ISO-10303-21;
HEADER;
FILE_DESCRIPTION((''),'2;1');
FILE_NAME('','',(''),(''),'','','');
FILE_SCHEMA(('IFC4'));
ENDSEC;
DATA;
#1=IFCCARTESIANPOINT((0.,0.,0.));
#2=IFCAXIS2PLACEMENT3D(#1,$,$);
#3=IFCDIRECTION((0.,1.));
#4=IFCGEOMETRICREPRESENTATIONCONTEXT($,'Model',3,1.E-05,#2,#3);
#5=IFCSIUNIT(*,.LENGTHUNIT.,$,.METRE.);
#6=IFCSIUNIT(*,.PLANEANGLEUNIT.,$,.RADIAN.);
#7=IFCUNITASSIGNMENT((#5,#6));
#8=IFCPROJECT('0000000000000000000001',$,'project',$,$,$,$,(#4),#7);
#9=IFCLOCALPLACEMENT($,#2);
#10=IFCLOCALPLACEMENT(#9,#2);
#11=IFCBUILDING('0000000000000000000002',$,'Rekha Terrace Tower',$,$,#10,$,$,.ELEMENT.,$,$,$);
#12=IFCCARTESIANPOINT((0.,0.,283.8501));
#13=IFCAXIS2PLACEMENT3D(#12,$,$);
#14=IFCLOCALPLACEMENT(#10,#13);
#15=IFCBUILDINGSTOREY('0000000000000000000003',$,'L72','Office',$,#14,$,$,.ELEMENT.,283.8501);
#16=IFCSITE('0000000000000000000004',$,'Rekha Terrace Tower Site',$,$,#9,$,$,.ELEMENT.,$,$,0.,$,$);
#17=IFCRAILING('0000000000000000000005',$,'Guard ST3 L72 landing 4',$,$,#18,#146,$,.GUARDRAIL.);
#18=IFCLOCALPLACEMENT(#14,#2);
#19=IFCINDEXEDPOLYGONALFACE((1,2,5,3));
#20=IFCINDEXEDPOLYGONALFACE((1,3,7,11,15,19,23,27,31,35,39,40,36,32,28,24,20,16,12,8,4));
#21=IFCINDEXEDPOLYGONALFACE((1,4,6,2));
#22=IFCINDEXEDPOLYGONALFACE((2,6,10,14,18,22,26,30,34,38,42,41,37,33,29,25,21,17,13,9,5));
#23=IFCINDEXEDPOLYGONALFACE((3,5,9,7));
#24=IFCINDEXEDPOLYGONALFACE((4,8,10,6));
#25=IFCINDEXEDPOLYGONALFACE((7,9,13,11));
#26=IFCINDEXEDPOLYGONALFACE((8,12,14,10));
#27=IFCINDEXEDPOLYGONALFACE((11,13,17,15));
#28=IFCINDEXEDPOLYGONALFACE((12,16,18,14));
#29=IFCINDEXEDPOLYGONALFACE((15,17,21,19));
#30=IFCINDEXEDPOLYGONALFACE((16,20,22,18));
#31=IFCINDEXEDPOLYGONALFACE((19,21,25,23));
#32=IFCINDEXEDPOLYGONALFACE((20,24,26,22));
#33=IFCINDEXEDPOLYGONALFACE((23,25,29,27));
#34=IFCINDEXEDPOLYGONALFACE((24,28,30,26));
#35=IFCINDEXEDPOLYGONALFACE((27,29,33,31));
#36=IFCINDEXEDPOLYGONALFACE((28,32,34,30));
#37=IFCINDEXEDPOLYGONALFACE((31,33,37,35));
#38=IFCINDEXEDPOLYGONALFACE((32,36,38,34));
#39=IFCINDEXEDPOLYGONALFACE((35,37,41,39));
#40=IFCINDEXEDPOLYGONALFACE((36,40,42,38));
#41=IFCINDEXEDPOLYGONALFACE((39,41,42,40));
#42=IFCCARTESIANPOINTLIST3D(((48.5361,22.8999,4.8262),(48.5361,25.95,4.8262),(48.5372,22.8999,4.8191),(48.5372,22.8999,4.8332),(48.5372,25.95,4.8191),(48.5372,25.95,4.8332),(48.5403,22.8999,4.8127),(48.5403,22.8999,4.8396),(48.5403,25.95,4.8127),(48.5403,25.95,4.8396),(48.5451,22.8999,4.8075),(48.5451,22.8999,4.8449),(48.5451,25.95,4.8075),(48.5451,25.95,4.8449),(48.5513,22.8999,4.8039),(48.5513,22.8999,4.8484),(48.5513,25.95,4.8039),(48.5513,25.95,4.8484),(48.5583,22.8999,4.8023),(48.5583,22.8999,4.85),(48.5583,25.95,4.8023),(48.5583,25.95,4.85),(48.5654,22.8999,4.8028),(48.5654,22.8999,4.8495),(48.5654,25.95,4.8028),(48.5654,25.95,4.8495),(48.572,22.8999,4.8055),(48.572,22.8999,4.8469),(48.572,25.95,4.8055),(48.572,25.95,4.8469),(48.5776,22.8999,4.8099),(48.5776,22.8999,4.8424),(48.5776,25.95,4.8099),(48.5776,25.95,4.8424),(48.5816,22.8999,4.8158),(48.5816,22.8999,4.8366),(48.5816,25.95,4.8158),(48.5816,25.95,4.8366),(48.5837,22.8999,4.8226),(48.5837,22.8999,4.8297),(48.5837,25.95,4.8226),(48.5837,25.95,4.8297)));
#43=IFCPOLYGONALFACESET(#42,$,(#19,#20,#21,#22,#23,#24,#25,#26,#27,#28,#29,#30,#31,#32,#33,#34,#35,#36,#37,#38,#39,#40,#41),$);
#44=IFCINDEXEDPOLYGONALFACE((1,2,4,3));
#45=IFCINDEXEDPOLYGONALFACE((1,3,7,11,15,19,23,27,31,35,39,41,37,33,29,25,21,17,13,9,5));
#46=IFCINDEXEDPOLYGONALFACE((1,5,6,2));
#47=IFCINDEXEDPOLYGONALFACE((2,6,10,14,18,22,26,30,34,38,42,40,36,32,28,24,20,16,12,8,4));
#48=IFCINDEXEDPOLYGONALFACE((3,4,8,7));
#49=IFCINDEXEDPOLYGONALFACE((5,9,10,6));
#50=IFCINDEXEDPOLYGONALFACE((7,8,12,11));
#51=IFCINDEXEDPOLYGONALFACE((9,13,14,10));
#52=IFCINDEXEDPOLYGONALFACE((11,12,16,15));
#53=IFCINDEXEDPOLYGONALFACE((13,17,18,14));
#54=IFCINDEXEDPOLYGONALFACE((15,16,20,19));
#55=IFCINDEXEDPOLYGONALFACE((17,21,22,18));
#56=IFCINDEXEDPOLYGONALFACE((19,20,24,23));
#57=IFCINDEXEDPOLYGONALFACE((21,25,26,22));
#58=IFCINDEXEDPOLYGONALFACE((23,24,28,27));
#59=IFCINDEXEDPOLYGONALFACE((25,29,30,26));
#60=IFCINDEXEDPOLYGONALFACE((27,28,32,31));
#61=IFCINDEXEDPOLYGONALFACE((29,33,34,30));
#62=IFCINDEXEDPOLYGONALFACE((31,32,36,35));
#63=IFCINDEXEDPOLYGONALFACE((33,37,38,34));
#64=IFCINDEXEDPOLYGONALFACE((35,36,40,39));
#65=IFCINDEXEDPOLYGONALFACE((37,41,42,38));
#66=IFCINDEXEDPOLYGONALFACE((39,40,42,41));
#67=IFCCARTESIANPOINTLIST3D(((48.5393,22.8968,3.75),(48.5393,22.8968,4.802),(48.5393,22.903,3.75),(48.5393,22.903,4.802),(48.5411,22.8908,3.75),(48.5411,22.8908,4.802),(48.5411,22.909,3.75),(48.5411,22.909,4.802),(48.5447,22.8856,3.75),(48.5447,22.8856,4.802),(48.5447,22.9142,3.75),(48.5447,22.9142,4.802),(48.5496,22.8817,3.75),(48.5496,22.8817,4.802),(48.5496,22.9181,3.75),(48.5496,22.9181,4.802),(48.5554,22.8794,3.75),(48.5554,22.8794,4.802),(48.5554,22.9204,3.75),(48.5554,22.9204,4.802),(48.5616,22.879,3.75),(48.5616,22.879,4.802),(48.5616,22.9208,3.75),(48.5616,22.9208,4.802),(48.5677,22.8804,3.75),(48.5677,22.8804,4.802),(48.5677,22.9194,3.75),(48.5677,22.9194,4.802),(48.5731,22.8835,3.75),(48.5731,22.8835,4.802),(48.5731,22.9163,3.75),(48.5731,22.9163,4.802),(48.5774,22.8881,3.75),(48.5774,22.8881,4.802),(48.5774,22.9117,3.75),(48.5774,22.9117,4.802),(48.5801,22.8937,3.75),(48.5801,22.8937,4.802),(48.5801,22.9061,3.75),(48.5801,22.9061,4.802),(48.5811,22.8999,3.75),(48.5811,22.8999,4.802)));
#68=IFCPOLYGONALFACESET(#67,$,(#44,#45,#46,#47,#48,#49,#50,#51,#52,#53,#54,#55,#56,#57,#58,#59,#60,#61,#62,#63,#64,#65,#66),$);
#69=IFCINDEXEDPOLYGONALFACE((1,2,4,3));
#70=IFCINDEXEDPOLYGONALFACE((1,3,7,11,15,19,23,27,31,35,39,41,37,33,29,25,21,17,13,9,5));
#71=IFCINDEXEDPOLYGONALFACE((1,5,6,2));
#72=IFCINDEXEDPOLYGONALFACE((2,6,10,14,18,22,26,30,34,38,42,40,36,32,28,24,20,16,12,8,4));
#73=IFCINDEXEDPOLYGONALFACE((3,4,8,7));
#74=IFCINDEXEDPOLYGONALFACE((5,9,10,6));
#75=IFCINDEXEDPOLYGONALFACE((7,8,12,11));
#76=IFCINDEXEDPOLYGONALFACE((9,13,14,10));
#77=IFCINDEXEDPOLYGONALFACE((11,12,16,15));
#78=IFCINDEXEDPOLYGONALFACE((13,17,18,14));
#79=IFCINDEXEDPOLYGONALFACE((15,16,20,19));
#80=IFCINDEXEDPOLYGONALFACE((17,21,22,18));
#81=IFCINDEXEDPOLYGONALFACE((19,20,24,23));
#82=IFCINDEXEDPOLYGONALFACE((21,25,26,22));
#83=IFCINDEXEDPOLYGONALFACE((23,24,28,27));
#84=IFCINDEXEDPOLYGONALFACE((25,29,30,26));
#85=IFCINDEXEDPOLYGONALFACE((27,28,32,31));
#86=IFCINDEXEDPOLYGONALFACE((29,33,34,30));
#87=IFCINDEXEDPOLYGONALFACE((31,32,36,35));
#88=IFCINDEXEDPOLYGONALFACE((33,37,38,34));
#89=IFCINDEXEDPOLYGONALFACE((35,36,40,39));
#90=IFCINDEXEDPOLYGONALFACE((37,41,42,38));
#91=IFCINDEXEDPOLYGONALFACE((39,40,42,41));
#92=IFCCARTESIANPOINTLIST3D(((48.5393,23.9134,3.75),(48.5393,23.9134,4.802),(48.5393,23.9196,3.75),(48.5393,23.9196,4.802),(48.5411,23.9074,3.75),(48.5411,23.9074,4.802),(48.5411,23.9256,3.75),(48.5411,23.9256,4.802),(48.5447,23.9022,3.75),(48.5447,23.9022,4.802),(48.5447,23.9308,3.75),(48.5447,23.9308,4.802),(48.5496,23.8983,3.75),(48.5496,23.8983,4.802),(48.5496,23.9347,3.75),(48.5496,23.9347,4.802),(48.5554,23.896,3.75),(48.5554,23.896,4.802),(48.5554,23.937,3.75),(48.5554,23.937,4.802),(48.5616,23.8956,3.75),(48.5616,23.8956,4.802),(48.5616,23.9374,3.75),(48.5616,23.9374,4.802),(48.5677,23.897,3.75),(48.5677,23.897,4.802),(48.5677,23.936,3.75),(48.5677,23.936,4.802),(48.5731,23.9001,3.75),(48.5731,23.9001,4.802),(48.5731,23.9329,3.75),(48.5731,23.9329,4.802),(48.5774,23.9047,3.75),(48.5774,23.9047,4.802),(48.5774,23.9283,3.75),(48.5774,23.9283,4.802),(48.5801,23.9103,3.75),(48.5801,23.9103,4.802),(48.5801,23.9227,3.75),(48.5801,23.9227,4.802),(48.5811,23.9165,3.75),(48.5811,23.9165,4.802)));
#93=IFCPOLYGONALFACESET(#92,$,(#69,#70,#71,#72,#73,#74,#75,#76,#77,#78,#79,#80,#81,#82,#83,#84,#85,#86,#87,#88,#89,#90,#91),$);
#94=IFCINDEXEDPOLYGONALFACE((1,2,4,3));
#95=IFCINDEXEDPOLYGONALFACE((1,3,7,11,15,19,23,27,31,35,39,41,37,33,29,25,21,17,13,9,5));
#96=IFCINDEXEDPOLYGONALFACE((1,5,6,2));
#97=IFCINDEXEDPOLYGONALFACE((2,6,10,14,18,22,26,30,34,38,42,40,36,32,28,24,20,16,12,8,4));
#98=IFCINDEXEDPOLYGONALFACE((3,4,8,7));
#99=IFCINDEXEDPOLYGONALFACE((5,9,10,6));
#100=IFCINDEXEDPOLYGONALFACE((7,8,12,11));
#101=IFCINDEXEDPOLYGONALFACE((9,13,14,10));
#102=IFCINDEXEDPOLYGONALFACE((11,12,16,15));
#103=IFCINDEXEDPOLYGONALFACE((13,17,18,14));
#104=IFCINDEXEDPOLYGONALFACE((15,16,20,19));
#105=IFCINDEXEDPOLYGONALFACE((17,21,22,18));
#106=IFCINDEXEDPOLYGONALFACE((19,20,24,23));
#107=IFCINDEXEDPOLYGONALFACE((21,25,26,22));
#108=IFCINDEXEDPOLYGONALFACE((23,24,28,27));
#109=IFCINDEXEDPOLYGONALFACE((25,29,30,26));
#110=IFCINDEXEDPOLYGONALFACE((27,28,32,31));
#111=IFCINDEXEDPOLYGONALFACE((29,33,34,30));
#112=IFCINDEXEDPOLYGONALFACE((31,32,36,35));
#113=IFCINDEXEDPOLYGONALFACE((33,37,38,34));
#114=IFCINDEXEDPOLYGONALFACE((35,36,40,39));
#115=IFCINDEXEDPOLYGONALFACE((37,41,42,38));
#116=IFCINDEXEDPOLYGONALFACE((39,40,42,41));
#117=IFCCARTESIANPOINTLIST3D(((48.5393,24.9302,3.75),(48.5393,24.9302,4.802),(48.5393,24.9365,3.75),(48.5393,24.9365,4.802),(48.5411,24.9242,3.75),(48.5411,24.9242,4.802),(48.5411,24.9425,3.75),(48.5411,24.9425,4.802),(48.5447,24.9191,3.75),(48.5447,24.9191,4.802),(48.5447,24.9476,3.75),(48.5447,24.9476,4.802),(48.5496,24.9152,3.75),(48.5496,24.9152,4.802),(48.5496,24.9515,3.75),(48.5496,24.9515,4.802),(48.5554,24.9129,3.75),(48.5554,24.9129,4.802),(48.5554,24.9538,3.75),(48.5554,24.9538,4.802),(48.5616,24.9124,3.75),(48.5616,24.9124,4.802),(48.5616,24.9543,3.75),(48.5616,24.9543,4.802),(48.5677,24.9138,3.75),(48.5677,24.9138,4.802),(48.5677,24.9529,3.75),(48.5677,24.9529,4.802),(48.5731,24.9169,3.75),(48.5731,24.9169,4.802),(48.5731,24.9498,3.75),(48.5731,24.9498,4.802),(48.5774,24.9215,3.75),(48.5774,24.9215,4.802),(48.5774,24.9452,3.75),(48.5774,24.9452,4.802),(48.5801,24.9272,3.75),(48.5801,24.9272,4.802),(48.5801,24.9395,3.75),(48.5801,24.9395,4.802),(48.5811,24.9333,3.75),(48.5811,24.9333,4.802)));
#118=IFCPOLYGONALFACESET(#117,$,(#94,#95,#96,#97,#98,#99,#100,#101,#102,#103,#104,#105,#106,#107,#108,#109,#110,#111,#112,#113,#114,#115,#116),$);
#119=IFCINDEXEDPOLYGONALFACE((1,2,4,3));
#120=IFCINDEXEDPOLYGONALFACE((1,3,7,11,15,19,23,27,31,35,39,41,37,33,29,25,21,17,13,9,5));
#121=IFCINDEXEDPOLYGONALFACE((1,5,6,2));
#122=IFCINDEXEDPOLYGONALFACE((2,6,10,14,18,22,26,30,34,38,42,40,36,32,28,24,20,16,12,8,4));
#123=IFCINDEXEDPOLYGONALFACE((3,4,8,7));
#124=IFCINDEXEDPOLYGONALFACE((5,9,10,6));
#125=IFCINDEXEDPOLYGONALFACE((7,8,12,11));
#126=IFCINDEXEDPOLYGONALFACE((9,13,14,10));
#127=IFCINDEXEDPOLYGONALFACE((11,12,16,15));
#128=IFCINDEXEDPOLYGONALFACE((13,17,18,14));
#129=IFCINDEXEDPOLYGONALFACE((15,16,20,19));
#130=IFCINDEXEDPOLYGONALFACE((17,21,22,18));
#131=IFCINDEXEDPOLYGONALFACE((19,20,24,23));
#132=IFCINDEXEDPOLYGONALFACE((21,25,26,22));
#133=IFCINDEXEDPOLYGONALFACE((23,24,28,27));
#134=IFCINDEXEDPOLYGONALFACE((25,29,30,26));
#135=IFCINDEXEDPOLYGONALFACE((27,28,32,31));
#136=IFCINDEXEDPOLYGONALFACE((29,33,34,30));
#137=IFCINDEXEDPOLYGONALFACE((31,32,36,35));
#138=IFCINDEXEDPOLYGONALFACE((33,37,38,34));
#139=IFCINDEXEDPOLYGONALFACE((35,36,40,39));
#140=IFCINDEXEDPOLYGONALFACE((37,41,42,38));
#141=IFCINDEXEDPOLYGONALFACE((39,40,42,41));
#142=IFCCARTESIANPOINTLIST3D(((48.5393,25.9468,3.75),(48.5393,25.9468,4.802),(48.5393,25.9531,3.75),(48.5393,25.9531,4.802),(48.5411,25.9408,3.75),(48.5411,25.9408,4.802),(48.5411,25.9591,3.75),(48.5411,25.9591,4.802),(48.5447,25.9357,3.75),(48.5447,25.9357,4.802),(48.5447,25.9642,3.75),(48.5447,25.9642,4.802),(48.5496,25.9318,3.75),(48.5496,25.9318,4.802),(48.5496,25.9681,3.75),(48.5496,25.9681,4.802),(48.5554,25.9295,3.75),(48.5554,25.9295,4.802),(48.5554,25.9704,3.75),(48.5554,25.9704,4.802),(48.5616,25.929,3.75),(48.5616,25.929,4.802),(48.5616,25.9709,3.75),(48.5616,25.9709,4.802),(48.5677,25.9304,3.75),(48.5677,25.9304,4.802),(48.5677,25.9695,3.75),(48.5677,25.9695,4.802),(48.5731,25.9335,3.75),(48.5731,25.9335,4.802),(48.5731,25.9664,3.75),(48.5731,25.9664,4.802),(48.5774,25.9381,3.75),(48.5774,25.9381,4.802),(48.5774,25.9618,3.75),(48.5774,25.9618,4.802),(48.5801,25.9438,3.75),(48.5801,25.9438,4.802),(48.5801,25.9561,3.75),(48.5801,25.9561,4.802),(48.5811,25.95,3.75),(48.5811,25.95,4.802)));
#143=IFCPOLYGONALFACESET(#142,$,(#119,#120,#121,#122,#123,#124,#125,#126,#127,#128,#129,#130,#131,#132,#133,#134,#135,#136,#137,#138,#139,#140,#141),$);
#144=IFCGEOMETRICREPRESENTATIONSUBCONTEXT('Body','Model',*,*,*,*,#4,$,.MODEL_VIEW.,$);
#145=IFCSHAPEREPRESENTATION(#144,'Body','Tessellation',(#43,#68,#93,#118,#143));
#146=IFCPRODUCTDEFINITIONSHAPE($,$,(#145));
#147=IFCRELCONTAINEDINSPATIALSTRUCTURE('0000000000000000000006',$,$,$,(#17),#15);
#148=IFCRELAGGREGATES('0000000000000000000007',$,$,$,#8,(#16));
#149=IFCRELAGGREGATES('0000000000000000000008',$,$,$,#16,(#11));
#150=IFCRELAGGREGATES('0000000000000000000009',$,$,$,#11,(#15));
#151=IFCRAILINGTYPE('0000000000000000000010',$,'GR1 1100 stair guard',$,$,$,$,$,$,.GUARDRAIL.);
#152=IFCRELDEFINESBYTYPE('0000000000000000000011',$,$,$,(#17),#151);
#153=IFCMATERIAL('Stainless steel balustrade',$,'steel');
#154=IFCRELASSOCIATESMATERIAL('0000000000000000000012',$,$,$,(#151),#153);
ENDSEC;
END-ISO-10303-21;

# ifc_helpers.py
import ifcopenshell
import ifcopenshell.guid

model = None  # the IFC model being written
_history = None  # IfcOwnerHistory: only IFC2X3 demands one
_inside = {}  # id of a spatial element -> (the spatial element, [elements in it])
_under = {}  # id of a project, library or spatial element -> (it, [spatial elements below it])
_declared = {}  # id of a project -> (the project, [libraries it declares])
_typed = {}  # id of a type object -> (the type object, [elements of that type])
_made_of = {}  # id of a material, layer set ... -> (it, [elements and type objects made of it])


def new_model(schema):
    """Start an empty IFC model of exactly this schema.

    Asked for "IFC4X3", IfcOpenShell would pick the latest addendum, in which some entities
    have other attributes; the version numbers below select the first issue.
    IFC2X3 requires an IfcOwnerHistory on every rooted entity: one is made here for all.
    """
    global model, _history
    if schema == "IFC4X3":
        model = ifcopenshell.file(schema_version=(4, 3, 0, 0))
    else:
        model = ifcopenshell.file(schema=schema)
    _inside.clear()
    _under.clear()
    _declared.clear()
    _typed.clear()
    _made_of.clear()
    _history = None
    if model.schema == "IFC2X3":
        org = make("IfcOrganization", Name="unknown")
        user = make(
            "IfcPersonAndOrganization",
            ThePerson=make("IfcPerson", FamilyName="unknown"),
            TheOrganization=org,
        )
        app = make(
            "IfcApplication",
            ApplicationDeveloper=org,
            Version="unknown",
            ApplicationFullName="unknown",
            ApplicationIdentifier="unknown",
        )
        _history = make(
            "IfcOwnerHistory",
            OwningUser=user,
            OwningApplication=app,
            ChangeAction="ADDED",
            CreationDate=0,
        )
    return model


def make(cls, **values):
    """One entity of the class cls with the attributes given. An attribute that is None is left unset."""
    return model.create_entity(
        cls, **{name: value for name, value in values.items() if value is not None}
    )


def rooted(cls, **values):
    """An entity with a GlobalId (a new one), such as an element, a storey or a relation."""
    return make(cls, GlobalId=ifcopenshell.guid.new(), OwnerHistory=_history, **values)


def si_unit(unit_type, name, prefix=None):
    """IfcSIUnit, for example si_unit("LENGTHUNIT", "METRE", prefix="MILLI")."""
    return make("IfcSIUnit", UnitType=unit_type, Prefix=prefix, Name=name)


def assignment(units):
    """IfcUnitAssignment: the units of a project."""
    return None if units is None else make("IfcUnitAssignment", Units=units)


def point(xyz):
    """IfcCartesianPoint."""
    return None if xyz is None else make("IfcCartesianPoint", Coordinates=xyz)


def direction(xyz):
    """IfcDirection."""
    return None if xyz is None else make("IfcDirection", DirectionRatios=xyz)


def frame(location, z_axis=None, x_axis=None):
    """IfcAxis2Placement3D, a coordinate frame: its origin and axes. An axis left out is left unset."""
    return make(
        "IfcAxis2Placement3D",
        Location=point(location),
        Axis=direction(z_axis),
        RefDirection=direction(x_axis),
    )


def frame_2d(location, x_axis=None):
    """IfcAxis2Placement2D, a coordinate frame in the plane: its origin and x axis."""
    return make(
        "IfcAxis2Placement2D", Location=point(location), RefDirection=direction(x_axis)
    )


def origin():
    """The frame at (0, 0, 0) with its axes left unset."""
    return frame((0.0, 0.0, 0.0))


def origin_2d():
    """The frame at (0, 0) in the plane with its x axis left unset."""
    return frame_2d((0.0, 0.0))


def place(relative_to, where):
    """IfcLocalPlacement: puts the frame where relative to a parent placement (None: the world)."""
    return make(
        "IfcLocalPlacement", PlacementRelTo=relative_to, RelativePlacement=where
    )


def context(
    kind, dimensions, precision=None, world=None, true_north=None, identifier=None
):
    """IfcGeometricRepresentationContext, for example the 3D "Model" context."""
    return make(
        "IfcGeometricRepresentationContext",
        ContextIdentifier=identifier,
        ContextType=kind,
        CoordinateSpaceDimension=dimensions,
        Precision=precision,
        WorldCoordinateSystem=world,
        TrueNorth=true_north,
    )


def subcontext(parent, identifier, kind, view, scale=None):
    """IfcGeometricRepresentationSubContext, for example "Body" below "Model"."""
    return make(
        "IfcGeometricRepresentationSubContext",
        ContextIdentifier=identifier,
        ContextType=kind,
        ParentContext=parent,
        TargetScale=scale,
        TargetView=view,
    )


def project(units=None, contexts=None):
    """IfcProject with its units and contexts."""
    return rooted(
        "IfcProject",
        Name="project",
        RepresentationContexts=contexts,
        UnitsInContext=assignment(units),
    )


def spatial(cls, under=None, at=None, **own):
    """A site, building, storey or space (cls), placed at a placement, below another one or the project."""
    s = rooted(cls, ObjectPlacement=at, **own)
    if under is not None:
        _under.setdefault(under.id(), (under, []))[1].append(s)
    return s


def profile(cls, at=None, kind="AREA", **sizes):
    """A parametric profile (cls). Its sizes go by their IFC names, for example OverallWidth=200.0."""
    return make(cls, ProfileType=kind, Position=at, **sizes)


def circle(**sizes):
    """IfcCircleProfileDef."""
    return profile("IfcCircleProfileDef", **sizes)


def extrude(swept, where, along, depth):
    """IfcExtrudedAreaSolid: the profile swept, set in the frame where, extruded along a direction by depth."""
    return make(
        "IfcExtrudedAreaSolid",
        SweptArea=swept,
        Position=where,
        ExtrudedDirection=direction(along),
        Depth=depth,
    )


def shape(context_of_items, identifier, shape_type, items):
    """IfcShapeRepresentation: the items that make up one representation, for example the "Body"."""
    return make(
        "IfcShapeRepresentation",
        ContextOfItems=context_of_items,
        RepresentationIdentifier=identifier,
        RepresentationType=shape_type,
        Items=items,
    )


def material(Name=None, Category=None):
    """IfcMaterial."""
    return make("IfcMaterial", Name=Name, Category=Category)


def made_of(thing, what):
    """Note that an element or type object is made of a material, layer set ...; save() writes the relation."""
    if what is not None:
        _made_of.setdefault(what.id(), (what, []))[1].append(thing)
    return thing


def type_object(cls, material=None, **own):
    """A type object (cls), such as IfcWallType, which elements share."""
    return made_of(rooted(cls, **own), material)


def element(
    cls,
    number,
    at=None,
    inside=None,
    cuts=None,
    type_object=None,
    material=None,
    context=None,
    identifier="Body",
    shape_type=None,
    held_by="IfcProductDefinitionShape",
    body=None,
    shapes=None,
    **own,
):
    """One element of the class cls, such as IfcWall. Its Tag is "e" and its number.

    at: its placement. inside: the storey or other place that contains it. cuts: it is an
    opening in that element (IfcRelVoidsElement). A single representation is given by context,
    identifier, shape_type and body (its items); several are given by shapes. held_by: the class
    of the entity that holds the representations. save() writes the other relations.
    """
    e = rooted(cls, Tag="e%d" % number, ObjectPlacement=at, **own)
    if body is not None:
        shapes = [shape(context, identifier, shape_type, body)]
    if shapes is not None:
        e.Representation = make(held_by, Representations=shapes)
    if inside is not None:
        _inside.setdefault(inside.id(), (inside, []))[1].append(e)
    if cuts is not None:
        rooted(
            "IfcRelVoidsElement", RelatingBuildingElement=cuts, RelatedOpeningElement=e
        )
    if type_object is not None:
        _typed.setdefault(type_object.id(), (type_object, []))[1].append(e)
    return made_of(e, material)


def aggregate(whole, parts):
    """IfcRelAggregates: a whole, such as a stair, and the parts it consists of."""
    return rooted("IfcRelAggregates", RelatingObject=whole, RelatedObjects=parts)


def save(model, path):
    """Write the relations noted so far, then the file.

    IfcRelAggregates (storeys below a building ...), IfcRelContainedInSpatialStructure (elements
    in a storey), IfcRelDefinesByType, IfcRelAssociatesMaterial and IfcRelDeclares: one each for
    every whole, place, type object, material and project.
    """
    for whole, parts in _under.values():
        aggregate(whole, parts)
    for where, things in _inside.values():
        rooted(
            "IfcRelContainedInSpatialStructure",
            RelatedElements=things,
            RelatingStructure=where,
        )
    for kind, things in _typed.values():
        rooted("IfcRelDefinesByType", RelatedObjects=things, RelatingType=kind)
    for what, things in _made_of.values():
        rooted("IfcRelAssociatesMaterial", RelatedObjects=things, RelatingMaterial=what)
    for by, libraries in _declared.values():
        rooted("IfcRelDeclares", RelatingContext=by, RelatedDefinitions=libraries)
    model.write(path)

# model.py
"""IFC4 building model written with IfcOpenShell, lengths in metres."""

from ifc_helpers import new_model, si_unit, direction, frame, origin, origin_2d, place, context, subcontext, project, spatial, circle, extrude, material, type_object, element, save


model = new_model("IFC4")

# Units and contexts
model_context = context("Model", 3, precision=1e-05, world=origin(), true_north=direction((0.0, 1.0)))
body_context = subcontext(model_context, "Body", "Model", "MODEL_VIEW")
ifc_project = project(units=[si_unit("LENGTHUNIT", "METRE"), si_unit("PLANEANGLEUNIT", "RADIAN")], contexts=[model_context])

# Site, building, storey
site_placement = place(None, origin())
site = spatial("IfcSite", under=ifc_project, at=site_placement, Name="Rekha Terrace Tower Site", CompositionType="ELEMENT", RefElevation=0.0)
building_placement = place(site_placement, origin())
building = spatial("IfcBuilding", under=site, at=building_placement, Name="Rekha Terrace Tower", CompositionType="ELEMENT")
storey_placement = place(building_placement, frame((0.0, 0.0, 283.8501)))
storey = spatial("IfcBuildingStorey", under=building, at=storey_placement, Name="L72", Description="Office", CompositionType="ELEMENT", Elevation=283.8501)

# Railing
ifc_material_1 = material(Name="Stainless steel balustrade", Category="steel")
railing_type_1 = type_object("IfcRailingType", Name="GR1 1100 stair guard", PredefinedType="GUARDRAIL", material=ifc_material_1)
railing_1_placement = place(storey_placement, frame((48.5601, 22.8999, 3.75)))
element("IfcRailing", 1, at=railing_1_placement, inside=storey, type_object=railing_type_1, Name="Guard ST3 L72 landing 4", PredefinedType="GUARDRAIL", context=body_context, shape_type="SweptSolid", body=[
    extrude(circle(Radius=0.0239, at=origin_2d()), frame((0.0, 0.0, 1.0762), z_axis=(0.0, 1.0, 0.0), x_axis=(-1.0, 0.0, 0.0)), (0.0, 0.0, 1.0), 3.05),
    extrude(circle(Radius=0.021, at=origin_2d()), origin(), (0.0, 0.0, 1.0), 1.052),
    extrude(circle(Radius=0.021, at=origin_2d()), frame((0.0, 1.0166, 0.0)), (0.0, 0.0, 1.0), 1.052),
    extrude(circle(Radius=0.021, at=origin_2d()), frame((0.0, 2.0334, 0.0)), (0.0, 0.0, 1.0), 1.052),
    extrude(circle(Radius=0.021, at=origin_2d()), frame((0.0, 3.05, 0.0)), (0.0, 0.0, 1.0), 1.052),
])

save(model, "model.ifc")
